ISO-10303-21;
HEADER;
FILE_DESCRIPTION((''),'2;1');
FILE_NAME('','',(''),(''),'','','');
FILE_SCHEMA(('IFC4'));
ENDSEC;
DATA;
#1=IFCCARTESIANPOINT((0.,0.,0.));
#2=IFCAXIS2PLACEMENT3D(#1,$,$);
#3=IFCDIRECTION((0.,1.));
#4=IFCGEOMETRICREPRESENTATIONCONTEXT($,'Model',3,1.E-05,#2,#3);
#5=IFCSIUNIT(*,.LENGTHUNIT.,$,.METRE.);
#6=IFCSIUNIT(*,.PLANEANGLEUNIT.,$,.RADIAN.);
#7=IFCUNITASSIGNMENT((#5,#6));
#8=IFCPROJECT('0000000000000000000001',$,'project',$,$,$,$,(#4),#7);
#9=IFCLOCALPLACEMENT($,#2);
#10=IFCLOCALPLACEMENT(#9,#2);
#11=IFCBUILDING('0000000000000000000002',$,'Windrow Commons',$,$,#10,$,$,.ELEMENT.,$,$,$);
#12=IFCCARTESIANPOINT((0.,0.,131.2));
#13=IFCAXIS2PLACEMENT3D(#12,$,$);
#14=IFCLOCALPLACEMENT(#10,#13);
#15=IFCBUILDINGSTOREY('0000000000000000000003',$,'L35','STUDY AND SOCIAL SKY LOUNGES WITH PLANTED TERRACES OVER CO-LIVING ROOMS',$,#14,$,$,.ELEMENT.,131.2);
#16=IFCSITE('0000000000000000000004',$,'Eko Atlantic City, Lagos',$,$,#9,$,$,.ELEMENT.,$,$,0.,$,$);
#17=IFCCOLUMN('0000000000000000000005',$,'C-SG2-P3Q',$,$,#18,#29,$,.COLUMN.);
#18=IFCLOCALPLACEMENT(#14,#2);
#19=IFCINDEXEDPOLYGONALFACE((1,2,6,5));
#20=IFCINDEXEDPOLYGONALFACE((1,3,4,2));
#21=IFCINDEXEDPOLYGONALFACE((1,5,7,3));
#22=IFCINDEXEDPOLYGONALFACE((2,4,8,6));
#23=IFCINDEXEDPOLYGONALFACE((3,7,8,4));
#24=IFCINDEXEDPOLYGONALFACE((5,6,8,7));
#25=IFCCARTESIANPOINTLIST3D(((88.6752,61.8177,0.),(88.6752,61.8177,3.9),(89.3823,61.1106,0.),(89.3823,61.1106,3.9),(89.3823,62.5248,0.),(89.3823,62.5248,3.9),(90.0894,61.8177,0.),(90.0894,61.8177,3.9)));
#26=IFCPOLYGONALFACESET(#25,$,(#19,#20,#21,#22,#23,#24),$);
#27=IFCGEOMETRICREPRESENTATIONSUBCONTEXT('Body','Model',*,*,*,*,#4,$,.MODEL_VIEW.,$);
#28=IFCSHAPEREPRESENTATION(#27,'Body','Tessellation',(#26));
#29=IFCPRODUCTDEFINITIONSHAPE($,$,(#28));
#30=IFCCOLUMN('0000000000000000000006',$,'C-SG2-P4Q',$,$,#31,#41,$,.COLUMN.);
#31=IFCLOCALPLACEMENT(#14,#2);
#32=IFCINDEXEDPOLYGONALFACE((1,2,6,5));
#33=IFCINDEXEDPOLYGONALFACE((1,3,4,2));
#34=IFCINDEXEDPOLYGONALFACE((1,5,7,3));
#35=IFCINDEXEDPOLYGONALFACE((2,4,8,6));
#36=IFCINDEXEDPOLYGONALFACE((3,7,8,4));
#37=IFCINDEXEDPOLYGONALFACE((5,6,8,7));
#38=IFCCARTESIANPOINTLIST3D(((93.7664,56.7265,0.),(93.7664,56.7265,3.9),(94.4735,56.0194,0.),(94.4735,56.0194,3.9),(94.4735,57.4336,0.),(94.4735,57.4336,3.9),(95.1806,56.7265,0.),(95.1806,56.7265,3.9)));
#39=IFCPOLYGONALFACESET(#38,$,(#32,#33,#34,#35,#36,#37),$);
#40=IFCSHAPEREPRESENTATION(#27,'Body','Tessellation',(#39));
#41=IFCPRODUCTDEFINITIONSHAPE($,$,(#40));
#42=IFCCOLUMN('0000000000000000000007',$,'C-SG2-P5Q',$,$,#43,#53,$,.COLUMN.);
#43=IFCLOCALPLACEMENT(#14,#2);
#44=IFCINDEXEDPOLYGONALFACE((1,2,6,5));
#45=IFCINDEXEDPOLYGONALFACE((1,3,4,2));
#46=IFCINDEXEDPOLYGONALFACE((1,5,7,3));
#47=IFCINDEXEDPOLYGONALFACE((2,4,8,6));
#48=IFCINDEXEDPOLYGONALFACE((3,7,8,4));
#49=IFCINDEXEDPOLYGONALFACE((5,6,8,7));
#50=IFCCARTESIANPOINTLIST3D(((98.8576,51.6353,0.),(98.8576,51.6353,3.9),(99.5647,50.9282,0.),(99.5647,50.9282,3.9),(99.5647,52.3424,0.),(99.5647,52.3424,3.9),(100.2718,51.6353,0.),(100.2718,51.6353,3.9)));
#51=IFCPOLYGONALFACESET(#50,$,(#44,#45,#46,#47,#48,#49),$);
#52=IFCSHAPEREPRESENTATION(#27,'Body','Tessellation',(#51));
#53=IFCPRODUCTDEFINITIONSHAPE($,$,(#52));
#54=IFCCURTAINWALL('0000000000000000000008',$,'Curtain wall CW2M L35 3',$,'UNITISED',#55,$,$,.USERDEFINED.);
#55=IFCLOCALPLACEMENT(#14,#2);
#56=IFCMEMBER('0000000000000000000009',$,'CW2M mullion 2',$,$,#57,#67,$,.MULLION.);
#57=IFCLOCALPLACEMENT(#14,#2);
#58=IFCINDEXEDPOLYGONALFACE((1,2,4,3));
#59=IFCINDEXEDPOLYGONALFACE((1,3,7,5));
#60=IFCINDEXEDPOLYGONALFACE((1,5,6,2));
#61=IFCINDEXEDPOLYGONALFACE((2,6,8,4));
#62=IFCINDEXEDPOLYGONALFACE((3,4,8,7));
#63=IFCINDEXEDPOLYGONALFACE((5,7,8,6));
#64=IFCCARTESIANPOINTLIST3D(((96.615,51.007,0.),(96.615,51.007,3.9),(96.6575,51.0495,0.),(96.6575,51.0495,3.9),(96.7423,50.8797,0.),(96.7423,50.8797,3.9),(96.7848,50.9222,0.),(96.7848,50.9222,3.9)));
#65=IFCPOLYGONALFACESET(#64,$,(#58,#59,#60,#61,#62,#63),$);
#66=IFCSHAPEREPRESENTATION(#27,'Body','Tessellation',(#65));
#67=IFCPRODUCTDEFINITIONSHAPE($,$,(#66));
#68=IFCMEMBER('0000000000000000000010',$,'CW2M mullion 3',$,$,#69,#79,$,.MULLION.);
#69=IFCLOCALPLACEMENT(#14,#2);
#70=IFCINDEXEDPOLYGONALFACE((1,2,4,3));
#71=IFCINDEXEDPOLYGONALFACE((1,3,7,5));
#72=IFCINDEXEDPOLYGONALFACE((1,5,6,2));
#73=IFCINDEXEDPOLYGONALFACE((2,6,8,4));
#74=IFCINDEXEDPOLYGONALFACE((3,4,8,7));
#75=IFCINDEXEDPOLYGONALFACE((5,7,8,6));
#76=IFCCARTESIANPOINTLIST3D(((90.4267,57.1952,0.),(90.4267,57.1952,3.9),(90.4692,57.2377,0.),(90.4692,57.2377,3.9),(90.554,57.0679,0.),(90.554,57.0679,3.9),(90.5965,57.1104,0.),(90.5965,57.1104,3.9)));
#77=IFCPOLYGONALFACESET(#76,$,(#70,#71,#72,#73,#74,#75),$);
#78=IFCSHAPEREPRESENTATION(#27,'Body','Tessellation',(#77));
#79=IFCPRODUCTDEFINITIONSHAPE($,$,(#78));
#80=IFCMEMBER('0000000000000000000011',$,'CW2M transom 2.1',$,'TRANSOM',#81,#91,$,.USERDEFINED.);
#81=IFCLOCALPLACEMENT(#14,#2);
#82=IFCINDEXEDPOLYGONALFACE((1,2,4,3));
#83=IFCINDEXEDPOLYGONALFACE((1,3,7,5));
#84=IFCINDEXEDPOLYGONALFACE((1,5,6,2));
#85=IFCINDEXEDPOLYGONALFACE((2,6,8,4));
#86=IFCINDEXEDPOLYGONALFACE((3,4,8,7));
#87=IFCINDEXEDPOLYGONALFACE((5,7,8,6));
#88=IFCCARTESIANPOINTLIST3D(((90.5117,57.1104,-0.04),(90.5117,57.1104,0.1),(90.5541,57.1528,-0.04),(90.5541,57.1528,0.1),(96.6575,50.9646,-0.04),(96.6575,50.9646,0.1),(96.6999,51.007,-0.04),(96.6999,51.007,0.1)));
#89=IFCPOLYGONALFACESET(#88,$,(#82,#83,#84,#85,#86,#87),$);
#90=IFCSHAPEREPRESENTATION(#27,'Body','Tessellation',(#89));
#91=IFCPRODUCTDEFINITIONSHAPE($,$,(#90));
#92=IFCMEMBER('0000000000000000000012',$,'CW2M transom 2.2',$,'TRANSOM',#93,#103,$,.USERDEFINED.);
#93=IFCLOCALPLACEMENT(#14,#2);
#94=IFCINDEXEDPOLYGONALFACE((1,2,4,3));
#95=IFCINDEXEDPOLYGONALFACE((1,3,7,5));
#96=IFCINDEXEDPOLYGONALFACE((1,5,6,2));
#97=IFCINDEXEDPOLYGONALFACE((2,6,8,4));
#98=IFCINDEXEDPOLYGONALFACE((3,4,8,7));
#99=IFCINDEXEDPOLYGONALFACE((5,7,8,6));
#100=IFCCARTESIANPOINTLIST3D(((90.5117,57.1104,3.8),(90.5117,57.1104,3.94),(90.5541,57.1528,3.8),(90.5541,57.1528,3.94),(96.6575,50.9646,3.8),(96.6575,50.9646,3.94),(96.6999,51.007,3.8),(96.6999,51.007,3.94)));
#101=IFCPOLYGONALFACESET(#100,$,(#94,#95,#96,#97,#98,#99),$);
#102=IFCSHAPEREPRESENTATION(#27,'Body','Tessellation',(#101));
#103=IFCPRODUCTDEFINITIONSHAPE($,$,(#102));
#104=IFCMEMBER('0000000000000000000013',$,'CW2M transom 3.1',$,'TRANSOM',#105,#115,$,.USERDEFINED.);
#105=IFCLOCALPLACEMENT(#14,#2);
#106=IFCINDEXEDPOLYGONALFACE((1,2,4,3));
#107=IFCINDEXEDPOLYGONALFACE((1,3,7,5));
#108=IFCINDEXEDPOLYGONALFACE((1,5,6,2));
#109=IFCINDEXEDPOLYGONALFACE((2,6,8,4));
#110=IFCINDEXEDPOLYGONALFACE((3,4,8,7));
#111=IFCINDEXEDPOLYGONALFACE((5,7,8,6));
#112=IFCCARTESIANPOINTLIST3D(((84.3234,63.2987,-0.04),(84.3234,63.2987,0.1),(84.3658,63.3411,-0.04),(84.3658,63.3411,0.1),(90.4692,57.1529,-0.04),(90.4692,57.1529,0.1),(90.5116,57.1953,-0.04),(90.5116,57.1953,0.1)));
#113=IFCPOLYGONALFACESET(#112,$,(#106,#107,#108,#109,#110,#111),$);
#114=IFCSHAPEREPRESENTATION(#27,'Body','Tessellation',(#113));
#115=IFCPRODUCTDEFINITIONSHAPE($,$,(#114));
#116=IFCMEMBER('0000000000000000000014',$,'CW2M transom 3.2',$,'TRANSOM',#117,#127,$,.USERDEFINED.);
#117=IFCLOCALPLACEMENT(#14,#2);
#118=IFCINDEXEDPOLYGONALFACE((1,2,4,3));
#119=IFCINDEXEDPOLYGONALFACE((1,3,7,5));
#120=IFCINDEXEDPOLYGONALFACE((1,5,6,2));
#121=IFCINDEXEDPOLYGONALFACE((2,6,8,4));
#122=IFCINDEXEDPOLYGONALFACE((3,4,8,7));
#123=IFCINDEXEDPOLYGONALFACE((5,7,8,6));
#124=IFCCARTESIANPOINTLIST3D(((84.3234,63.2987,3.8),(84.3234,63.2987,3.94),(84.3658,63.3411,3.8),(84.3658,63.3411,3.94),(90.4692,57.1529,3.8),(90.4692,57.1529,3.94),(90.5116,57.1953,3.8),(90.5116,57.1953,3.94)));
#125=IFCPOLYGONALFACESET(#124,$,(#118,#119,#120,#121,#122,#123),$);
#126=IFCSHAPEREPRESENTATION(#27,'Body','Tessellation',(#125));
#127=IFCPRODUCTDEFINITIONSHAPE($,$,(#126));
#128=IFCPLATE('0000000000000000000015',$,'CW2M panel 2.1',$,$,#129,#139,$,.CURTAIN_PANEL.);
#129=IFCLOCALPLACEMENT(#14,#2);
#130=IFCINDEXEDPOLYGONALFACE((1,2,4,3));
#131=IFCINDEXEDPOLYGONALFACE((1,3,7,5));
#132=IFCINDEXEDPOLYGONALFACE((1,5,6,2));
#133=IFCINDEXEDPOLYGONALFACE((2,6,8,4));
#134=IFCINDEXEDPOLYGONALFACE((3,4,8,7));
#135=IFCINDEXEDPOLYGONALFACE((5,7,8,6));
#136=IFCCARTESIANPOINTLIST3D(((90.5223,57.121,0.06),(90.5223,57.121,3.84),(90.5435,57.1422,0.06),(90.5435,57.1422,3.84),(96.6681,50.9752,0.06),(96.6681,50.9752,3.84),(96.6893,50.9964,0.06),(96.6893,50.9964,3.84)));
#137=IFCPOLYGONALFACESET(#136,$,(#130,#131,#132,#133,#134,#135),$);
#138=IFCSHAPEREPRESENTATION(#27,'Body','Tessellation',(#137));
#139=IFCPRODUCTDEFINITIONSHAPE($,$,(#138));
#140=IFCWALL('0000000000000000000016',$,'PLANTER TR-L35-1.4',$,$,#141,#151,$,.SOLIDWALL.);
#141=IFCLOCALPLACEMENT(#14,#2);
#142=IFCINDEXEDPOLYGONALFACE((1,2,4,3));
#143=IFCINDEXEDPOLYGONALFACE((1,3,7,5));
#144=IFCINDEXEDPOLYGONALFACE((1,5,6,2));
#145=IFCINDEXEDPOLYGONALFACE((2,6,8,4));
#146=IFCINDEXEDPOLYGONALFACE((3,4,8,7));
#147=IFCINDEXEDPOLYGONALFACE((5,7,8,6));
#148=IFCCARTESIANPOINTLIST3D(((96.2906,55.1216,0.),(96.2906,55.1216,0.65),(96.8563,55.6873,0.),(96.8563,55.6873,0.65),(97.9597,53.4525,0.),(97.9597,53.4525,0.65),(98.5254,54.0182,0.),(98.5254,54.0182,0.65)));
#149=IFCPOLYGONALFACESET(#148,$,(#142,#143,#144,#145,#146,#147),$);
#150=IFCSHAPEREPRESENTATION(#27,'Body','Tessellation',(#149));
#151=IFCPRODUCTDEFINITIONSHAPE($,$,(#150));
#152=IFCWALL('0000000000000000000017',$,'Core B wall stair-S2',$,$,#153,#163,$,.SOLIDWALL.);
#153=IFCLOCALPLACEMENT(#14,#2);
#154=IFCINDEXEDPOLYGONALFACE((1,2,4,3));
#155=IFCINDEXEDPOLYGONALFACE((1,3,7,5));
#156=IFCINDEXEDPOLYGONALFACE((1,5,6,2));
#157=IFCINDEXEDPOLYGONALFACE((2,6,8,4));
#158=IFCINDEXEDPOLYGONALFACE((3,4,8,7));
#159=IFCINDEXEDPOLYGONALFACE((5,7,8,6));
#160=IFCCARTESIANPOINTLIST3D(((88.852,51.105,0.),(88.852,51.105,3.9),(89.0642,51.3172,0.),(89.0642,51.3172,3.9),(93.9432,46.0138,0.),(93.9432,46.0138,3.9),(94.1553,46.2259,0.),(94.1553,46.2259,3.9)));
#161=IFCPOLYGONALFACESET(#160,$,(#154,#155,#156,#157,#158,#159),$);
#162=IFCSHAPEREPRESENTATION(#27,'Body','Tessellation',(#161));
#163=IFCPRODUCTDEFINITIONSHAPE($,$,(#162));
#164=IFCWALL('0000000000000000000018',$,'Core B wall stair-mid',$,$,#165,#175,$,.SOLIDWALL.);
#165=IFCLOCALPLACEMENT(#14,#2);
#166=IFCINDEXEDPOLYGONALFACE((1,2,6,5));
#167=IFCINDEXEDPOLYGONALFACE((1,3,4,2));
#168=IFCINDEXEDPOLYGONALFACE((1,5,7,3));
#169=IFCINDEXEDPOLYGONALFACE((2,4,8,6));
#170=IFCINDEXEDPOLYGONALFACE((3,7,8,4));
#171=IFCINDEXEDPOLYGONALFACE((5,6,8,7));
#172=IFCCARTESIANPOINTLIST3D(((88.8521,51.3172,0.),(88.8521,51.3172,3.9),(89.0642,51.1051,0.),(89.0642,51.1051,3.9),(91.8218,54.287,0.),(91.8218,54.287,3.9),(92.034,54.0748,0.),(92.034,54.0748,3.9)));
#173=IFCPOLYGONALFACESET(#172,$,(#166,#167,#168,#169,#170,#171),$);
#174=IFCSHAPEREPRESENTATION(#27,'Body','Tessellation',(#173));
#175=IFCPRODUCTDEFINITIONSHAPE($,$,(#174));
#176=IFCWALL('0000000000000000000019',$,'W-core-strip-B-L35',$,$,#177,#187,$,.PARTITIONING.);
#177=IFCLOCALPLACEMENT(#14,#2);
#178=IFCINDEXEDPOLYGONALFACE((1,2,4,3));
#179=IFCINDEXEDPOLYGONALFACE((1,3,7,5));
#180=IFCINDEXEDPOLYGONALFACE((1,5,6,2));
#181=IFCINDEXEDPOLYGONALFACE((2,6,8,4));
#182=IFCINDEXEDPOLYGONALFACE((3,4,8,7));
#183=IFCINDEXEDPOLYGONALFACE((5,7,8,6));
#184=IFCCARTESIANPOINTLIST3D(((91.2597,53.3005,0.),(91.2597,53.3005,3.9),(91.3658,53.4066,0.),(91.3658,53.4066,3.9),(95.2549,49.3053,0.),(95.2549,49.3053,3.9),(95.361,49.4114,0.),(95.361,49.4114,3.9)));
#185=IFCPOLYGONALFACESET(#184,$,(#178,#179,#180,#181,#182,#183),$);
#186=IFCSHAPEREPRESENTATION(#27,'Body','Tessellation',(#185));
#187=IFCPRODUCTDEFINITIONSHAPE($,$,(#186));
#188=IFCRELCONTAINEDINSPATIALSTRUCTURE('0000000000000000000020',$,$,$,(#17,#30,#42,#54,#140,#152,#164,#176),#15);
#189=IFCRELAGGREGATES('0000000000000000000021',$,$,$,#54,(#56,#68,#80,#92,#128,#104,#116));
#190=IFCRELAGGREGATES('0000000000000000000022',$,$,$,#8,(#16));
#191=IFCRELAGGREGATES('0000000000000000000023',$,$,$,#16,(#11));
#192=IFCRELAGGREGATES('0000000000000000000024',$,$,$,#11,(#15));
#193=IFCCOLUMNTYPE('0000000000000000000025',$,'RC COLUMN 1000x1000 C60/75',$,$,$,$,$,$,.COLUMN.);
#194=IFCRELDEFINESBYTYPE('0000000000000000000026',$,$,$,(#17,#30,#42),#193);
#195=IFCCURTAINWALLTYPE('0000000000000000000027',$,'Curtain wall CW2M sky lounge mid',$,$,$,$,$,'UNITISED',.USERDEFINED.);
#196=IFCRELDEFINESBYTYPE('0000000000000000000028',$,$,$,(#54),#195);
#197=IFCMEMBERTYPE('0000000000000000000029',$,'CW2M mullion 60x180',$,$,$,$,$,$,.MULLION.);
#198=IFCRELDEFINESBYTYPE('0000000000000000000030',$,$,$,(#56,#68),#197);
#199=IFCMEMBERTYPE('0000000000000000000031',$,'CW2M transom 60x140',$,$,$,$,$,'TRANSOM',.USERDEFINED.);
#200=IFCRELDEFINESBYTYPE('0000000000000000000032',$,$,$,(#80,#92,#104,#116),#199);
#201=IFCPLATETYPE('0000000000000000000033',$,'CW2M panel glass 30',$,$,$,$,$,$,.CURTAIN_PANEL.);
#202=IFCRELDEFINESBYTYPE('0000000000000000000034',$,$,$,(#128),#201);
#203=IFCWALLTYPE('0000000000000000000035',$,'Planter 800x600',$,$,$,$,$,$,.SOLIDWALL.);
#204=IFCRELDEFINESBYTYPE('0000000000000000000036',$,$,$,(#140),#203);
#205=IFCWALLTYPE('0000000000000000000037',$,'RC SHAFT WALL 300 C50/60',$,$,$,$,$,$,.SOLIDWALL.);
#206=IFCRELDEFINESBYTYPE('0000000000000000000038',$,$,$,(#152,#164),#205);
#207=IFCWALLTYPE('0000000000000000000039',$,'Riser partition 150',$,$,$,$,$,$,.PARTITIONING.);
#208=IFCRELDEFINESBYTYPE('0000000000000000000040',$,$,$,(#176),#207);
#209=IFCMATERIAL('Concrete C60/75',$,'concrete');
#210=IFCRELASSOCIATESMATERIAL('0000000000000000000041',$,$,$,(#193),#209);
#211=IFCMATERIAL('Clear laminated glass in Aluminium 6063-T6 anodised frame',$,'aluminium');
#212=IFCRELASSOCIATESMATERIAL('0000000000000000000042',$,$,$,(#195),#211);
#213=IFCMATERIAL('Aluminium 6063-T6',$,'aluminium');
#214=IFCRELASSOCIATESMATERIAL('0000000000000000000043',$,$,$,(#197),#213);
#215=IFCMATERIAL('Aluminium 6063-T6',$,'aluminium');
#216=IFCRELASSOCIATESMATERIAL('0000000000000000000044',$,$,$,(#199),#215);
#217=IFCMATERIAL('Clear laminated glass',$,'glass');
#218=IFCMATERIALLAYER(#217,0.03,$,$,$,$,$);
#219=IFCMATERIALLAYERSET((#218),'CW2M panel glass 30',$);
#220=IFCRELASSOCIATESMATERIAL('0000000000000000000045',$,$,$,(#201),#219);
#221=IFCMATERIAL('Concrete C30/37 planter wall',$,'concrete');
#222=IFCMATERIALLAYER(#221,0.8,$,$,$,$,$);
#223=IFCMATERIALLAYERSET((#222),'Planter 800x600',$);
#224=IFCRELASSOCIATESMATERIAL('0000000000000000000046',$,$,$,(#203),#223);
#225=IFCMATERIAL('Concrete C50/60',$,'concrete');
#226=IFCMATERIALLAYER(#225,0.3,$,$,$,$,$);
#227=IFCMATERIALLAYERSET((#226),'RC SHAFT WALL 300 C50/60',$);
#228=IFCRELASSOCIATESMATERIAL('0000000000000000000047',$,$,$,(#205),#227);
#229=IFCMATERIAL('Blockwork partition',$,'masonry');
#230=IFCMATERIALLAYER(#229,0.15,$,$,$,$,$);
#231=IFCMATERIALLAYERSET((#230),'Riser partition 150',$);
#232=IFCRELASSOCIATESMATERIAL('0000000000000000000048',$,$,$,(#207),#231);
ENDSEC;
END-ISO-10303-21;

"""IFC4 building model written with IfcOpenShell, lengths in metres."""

from ifc_helpers import new_model, si_unit, direction, frame, frame_2d, origin, origin_2d, place, context, subcontext, project, spatial, rectangle, extrude, material, layer, layer_set, material_profile, profile_set, type_object, element, aggregate, save


model = new_model("IFC4")

# Units and contexts
model_context = context("Model", 3, precision=1e-05, world=origin(), true_north=direction((0.0, 1.0)))
body_context = subcontext(model_context, "Body", "Model", "MODEL_VIEW")
ifc_project = project(units=[si_unit("LENGTHUNIT", "METRE"), si_unit("PLANEANGLEUNIT", "RADIAN")], contexts=[model_context])

# Site, building, storey
site_placement = place(None, origin())
site = spatial("IfcSite", under=ifc_project, at=site_placement, Name="Eko Atlantic City, Lagos", CompositionType="ELEMENT", RefElevation=0.0)
building_placement = place(site_placement, origin())
building = spatial("IfcBuilding", under=site, at=building_placement, Name="Windrow Commons", CompositionType="ELEMENT")
storey_placement = place(building_placement, frame((0.0, 0.0, 131.2)))
storey = spatial("IfcBuildingStorey", under=building, at=storey_placement, Name="L35", Description="STUDY AND SOCIAL SKY LOUNGES WITH PLANTED TERRACES OVER CO-LIVING ROOMS", CompositionType="ELEMENT", Elevation=131.2)

# Columns
ifc_material_1 = material(Name="Concrete C60/75", Category="concrete")
ifc_material_profile_1 = material_profile(ifc_material_1, rectangle(XDim=1.0, YDim=1.0, at=origin_2d()))
ifc_profile_set_1 = profile_set([ifc_material_profile_1], Name="Concrete C60/75")
column_type = type_object("IfcColumnType", Name="RC COLUMN 1000x1000 C60/75", PredefinedType="COLUMN", material=ifc_profile_set_1)
for number, where, z_axis, x_axis, name in (
    (1, (89.3823, 61.8177, 0.0), (0.0, 0.0, 1.0), (0.707107, -0.707107, 0.0), "C-SG2-P3Q"),
    (2, (94.4735, 56.7265, 0.0), (0.0, 0.0, 1.0), (0.707107, -0.707107, 0.0), "C-SG2-P4Q"),
    (3, (99.5647, 51.6353, 0.0), (0.0, 0.0, 1.0), (0.707107, -0.707107, 0.0), "C-SG2-P5Q"),
):
    element("IfcColumn", number, at=place(storey_placement, frame(where, z_axis=z_axis, x_axis=x_axis)), inside=storey, type_object=column_type, Name=name, PredefinedType="COLUMN", context=body_context, shape_type="SweptSolid", body=[
        extrude(rectangle(XDim=1.0, YDim=1.0, at=origin_2d()), origin(), (0.0, 0.0, 1.0), 3.9),
    ])

# Curtain wall, members, plate
ifc_material_2 = material(Name="Clear laminated glass in Aluminium 6063-T6 anodised frame", Category="aluminium")
curtain_wall_type = type_object("IfcCurtainWallType", Name="Curtain wall CW2M sky lounge mid", ElementType="UNITISED", PredefinedType="USERDEFINED", material=ifc_material_2)
placement = place(storey_placement, origin())
curtain_wall = element("IfcCurtainWall", 4, at=placement, inside=storey, type_object=curtain_wall_type, Name="Curtain wall CW2M L35 3", ObjectType="UNITISED", PredefinedType="USERDEFINED")
ifc_material_3 = material(Name="Aluminium 6063-T6", Category="aluminium")
ifc_material_profile_2 = material_profile(ifc_material_3, rectangle(XDim=0.06, YDim=0.18, at=origin_2d()))
ifc_profile_set_2 = profile_set([ifc_material_profile_2], Name="Aluminium 6063-T6")
member_type_1 = type_object("IfcMemberType", Name="CW2M mullion 60x180", PredefinedType="MULLION", material=ifc_profile_set_2)
member_1_placement = place(storey_placement, frame((96.6999, 50.9646, 0.0), z_axis=(0.0, 0.0, 1.0), x_axis=(-0.707107, -0.707107, 0.0)))
member_1 = element("IfcMember", 5, at=member_1_placement, type_object=member_type_1, Name="CW2M mullion 2", PredefinedType="MULLION", context=body_context, shape_type="SweptSolid", body=[
    extrude(rectangle(XDim=0.06, YDim=0.18, at=origin_2d()), origin(), (0.0, 0.0, 1.0), 3.9),
])
member_2_placement = place(storey_placement, frame((90.5116, 57.1528, 0.0), z_axis=(0.0, 0.0, 1.0), x_axis=(-0.707107, -0.707107, 0.0)))
member_2 = element("IfcMember", 6, at=member_2_placement, type_object=member_type_1, Name="CW2M mullion 3", PredefinedType="MULLION", context=body_context, shape_type="SweptSolid", body=[
    extrude(rectangle(XDim=0.06, YDim=0.18, at=origin_2d()), origin(), (0.0, 0.0, 1.0), 3.9),
])
ifc_material_4 = material(Name="Aluminium 6063-T6", Category="aluminium")
ifc_material_profile_3 = material_profile(ifc_material_4, rectangle(XDim=0.06, YDim=0.14, at=origin_2d()))
ifc_profile_set_3 = profile_set([ifc_material_profile_3], Name="Aluminium 6063-T6")
member_type_2 = type_object("IfcMemberType", Name="CW2M transom 60x140", ElementType="TRANSOM", PredefinedType="USERDEFINED", material=ifc_profile_set_3)
member_3_placement = place(storey_placement, frame((96.6787, 50.9858, 0.03), z_axis=(-0.707107, 0.707107, 0.0), x_axis=(-0.707107, -0.707107, 0.0)))
member_3 = element("IfcMember", 7, at=member_3_placement, type_object=member_type_2, Name="CW2M transom 2.1", ObjectType="TRANSOM", PredefinedType="USERDEFINED", context=body_context, shape_type="SweptSolid", body=[
    extrude(rectangle(XDim=0.06, YDim=0.14, at=origin_2d()), origin(), (0.0, 0.0, 1.0), 8.6915),
])
member_4_placement = place(storey_placement, frame((96.6787, 50.9858, 3.87), z_axis=(-0.707107, 0.707107, 0.0), x_axis=(-0.707107, -0.707107, 0.0)))
member_4 = element("IfcMember", 8, at=member_4_placement, type_object=member_type_2, Name="CW2M transom 2.2", ObjectType="TRANSOM", PredefinedType="USERDEFINED", context=body_context, shape_type="SweptSolid", body=[
    extrude(rectangle(XDim=0.06, YDim=0.14, at=origin_2d()), origin(), (0.0, 0.0, 1.0), 8.6915),
])
member_5_placement = place(storey_placement, frame((90.4904, 57.1741, 0.03), z_axis=(-0.707107, 0.707107, 0.0), x_axis=(-0.707107, -0.707107, 0.0)))
member_5 = element("IfcMember", 9, at=member_5_placement, type_object=member_type_2, Name="CW2M transom 3.1", ObjectType="TRANSOM", PredefinedType="USERDEFINED", context=body_context, shape_type="SweptSolid", body=[
    extrude(rectangle(XDim=0.06, YDim=0.14, at=origin_2d()), origin(), (0.0, 0.0, 1.0), 8.6915),
])
member_6_placement = place(storey_placement, frame((90.4904, 57.1741, 3.87), z_axis=(-0.707107, 0.707107, 0.0), x_axis=(-0.707107, -0.707107, 0.0)))
member_6 = element("IfcMember", 10, at=member_6_placement, type_object=member_type_2, Name="CW2M transom 3.2", ObjectType="TRANSOM", PredefinedType="USERDEFINED", context=body_context, shape_type="SweptSolid", body=[
    extrude(rectangle(XDim=0.06, YDim=0.14, at=origin_2d()), origin(), (0.0, 0.0, 1.0), 8.6915),
])
ifc_material_5 = material(Name="Clear laminated glass", Category="glass")
ifc_layer_1 = layer(ifc_material_5, 0.03)
ifc_layer_set_1 = layer_set([ifc_layer_1], Name="CW2M panel glass 30")
plate_type = type_object("IfcPlateType", Name="CW2M panel glass 30", PredefinedType="CURTAIN_PANEL", material=ifc_layer_set_1)
plate_placement = place(storey_placement, frame((93.6058, 54.0587, 0.06), z_axis=(0.0, 0.0, 1.0), x_axis=(-0.707107, 0.707107, 0.0)))
plate = element("IfcPlate", 11, at=plate_placement, type_object=plate_type, Name="CW2M panel 2.1", PredefinedType="CURTAIN_PANEL", context=body_context, shape_type="SweptSolid", body=[
    extrude(rectangle(XDim=8.6915, YDim=0.03, at=origin_2d()), origin(), (0.0, 0.0, 1.0), 3.78),
])
aggregate(curtain_wall, [member_1, member_2, member_3, member_4, plate, member_5, member_6])

# Walls
ifc_material_6 = material(Name="Concrete C30/37 planter wall", Category="concrete")
ifc_layer_2 = layer(ifc_material_6, 0.8)
ifc_layer_set_2 = layer_set([ifc_layer_2], Name="Planter 800x600")
wall_type_1 = type_object("IfcWallType", Name="Planter 800x600", PredefinedType="SOLIDWALL", material=ifc_layer_set_2)
wall_1_placement = place(storey_placement, frame((98.2426, 53.7353, 0.0), z_axis=(0.0, 0.0, 1.0), x_axis=(-0.707107, 0.707107, 0.0)))
element("IfcWall", 12, at=wall_1_placement, inside=storey, type_object=wall_type_1, Name="PLANTER TR-L35-1.4", PredefinedType="SOLIDWALL", context=body_context, shape_type="SweptSolid", body=[
    extrude(rectangle(XDim=2.3605, YDim=0.8, at=frame_2d((1.1803, 0.0))), origin(), (0.0, 0.0, 1.0), 0.65),
])
ifc_material_7 = material(Name="Concrete C50/60", Category="concrete")
ifc_layer_3 = layer(ifc_material_7, 0.3)
ifc_layer_set_3 = layer_set([ifc_layer_3], Name="RC SHAFT WALL 300 C50/60")
wall_type_2 = type_object("IfcWallType", Name="RC SHAFT WALL 300 C50/60", PredefinedType="SOLIDWALL", material=ifc_layer_set_3)
wall_2_placement = place(storey_placement, frame((88.9581, 51.2111, 0.0), z_axis=(0.0, 0.0, 1.0), x_axis=(0.7071, -0.707114, 0.0)))
element("IfcWall", 13, at=wall_2_placement, inside=storey, type_object=wall_type_2, Name="Core B wall stair-S2", PredefinedType="SOLIDWALL", context=body_context, shape_type="SweptSolid", body=[
    extrude(rectangle(XDim=7.2, YDim=0.3, at=frame_2d((3.6, 0.0))), origin(), (0.0, 0.0, 1.0), 3.9),
])
wall_3_placement = place(storey_placement, frame((88.9581, 51.2111, 0.0), z_axis=(0.0, 0.0, 1.0), x_axis=(0.707107, 0.707107, 0.0)))
element("IfcWall", 14, at=wall_3_placement, inside=storey, type_object=wall_type_2, Name="Core B wall stair-mid", PredefinedType="SOLIDWALL", context=body_context, shape_type="SweptSolid", body=[
    extrude(rectangle(XDim=4.1999, YDim=0.3, at=frame_2d((2.1, 0.0))), origin(), (0.0, 0.0, 1.0), 3.9),
])
ifc_material_8 = material(Name="Blockwork partition", Category="masonry")
ifc_layer_4 = layer(ifc_material_8, 0.15)
ifc_layer_set_4 = layer_set([ifc_layer_4], Name="Riser partition 150")
wall_type_3 = type_object("IfcWallType", Name="Riser partition 150", PredefinedType="PARTITIONING", material=ifc_layer_set_4)
wall_4_placement = place(storey_placement, frame((91.3127, 53.3536, 0.0), z_axis=(0.0, 0.0, 1.0), x_axis=(0.707107, -0.707107, 0.0)))
element("IfcWall", 15, at=wall_4_placement, inside=storey, type_object=wall_type_3, Name="W-core-strip-B-L35", PredefinedType="PARTITIONING", context=body_context, shape_type="SweptSolid", body=[
    extrude(rectangle(XDim=5.6501, YDim=0.15, at=frame_2d((2.8251, 0.0))), origin(), (0.0, 0.0, 1.0), 3.9),
])

save(model, "model.ifc")
